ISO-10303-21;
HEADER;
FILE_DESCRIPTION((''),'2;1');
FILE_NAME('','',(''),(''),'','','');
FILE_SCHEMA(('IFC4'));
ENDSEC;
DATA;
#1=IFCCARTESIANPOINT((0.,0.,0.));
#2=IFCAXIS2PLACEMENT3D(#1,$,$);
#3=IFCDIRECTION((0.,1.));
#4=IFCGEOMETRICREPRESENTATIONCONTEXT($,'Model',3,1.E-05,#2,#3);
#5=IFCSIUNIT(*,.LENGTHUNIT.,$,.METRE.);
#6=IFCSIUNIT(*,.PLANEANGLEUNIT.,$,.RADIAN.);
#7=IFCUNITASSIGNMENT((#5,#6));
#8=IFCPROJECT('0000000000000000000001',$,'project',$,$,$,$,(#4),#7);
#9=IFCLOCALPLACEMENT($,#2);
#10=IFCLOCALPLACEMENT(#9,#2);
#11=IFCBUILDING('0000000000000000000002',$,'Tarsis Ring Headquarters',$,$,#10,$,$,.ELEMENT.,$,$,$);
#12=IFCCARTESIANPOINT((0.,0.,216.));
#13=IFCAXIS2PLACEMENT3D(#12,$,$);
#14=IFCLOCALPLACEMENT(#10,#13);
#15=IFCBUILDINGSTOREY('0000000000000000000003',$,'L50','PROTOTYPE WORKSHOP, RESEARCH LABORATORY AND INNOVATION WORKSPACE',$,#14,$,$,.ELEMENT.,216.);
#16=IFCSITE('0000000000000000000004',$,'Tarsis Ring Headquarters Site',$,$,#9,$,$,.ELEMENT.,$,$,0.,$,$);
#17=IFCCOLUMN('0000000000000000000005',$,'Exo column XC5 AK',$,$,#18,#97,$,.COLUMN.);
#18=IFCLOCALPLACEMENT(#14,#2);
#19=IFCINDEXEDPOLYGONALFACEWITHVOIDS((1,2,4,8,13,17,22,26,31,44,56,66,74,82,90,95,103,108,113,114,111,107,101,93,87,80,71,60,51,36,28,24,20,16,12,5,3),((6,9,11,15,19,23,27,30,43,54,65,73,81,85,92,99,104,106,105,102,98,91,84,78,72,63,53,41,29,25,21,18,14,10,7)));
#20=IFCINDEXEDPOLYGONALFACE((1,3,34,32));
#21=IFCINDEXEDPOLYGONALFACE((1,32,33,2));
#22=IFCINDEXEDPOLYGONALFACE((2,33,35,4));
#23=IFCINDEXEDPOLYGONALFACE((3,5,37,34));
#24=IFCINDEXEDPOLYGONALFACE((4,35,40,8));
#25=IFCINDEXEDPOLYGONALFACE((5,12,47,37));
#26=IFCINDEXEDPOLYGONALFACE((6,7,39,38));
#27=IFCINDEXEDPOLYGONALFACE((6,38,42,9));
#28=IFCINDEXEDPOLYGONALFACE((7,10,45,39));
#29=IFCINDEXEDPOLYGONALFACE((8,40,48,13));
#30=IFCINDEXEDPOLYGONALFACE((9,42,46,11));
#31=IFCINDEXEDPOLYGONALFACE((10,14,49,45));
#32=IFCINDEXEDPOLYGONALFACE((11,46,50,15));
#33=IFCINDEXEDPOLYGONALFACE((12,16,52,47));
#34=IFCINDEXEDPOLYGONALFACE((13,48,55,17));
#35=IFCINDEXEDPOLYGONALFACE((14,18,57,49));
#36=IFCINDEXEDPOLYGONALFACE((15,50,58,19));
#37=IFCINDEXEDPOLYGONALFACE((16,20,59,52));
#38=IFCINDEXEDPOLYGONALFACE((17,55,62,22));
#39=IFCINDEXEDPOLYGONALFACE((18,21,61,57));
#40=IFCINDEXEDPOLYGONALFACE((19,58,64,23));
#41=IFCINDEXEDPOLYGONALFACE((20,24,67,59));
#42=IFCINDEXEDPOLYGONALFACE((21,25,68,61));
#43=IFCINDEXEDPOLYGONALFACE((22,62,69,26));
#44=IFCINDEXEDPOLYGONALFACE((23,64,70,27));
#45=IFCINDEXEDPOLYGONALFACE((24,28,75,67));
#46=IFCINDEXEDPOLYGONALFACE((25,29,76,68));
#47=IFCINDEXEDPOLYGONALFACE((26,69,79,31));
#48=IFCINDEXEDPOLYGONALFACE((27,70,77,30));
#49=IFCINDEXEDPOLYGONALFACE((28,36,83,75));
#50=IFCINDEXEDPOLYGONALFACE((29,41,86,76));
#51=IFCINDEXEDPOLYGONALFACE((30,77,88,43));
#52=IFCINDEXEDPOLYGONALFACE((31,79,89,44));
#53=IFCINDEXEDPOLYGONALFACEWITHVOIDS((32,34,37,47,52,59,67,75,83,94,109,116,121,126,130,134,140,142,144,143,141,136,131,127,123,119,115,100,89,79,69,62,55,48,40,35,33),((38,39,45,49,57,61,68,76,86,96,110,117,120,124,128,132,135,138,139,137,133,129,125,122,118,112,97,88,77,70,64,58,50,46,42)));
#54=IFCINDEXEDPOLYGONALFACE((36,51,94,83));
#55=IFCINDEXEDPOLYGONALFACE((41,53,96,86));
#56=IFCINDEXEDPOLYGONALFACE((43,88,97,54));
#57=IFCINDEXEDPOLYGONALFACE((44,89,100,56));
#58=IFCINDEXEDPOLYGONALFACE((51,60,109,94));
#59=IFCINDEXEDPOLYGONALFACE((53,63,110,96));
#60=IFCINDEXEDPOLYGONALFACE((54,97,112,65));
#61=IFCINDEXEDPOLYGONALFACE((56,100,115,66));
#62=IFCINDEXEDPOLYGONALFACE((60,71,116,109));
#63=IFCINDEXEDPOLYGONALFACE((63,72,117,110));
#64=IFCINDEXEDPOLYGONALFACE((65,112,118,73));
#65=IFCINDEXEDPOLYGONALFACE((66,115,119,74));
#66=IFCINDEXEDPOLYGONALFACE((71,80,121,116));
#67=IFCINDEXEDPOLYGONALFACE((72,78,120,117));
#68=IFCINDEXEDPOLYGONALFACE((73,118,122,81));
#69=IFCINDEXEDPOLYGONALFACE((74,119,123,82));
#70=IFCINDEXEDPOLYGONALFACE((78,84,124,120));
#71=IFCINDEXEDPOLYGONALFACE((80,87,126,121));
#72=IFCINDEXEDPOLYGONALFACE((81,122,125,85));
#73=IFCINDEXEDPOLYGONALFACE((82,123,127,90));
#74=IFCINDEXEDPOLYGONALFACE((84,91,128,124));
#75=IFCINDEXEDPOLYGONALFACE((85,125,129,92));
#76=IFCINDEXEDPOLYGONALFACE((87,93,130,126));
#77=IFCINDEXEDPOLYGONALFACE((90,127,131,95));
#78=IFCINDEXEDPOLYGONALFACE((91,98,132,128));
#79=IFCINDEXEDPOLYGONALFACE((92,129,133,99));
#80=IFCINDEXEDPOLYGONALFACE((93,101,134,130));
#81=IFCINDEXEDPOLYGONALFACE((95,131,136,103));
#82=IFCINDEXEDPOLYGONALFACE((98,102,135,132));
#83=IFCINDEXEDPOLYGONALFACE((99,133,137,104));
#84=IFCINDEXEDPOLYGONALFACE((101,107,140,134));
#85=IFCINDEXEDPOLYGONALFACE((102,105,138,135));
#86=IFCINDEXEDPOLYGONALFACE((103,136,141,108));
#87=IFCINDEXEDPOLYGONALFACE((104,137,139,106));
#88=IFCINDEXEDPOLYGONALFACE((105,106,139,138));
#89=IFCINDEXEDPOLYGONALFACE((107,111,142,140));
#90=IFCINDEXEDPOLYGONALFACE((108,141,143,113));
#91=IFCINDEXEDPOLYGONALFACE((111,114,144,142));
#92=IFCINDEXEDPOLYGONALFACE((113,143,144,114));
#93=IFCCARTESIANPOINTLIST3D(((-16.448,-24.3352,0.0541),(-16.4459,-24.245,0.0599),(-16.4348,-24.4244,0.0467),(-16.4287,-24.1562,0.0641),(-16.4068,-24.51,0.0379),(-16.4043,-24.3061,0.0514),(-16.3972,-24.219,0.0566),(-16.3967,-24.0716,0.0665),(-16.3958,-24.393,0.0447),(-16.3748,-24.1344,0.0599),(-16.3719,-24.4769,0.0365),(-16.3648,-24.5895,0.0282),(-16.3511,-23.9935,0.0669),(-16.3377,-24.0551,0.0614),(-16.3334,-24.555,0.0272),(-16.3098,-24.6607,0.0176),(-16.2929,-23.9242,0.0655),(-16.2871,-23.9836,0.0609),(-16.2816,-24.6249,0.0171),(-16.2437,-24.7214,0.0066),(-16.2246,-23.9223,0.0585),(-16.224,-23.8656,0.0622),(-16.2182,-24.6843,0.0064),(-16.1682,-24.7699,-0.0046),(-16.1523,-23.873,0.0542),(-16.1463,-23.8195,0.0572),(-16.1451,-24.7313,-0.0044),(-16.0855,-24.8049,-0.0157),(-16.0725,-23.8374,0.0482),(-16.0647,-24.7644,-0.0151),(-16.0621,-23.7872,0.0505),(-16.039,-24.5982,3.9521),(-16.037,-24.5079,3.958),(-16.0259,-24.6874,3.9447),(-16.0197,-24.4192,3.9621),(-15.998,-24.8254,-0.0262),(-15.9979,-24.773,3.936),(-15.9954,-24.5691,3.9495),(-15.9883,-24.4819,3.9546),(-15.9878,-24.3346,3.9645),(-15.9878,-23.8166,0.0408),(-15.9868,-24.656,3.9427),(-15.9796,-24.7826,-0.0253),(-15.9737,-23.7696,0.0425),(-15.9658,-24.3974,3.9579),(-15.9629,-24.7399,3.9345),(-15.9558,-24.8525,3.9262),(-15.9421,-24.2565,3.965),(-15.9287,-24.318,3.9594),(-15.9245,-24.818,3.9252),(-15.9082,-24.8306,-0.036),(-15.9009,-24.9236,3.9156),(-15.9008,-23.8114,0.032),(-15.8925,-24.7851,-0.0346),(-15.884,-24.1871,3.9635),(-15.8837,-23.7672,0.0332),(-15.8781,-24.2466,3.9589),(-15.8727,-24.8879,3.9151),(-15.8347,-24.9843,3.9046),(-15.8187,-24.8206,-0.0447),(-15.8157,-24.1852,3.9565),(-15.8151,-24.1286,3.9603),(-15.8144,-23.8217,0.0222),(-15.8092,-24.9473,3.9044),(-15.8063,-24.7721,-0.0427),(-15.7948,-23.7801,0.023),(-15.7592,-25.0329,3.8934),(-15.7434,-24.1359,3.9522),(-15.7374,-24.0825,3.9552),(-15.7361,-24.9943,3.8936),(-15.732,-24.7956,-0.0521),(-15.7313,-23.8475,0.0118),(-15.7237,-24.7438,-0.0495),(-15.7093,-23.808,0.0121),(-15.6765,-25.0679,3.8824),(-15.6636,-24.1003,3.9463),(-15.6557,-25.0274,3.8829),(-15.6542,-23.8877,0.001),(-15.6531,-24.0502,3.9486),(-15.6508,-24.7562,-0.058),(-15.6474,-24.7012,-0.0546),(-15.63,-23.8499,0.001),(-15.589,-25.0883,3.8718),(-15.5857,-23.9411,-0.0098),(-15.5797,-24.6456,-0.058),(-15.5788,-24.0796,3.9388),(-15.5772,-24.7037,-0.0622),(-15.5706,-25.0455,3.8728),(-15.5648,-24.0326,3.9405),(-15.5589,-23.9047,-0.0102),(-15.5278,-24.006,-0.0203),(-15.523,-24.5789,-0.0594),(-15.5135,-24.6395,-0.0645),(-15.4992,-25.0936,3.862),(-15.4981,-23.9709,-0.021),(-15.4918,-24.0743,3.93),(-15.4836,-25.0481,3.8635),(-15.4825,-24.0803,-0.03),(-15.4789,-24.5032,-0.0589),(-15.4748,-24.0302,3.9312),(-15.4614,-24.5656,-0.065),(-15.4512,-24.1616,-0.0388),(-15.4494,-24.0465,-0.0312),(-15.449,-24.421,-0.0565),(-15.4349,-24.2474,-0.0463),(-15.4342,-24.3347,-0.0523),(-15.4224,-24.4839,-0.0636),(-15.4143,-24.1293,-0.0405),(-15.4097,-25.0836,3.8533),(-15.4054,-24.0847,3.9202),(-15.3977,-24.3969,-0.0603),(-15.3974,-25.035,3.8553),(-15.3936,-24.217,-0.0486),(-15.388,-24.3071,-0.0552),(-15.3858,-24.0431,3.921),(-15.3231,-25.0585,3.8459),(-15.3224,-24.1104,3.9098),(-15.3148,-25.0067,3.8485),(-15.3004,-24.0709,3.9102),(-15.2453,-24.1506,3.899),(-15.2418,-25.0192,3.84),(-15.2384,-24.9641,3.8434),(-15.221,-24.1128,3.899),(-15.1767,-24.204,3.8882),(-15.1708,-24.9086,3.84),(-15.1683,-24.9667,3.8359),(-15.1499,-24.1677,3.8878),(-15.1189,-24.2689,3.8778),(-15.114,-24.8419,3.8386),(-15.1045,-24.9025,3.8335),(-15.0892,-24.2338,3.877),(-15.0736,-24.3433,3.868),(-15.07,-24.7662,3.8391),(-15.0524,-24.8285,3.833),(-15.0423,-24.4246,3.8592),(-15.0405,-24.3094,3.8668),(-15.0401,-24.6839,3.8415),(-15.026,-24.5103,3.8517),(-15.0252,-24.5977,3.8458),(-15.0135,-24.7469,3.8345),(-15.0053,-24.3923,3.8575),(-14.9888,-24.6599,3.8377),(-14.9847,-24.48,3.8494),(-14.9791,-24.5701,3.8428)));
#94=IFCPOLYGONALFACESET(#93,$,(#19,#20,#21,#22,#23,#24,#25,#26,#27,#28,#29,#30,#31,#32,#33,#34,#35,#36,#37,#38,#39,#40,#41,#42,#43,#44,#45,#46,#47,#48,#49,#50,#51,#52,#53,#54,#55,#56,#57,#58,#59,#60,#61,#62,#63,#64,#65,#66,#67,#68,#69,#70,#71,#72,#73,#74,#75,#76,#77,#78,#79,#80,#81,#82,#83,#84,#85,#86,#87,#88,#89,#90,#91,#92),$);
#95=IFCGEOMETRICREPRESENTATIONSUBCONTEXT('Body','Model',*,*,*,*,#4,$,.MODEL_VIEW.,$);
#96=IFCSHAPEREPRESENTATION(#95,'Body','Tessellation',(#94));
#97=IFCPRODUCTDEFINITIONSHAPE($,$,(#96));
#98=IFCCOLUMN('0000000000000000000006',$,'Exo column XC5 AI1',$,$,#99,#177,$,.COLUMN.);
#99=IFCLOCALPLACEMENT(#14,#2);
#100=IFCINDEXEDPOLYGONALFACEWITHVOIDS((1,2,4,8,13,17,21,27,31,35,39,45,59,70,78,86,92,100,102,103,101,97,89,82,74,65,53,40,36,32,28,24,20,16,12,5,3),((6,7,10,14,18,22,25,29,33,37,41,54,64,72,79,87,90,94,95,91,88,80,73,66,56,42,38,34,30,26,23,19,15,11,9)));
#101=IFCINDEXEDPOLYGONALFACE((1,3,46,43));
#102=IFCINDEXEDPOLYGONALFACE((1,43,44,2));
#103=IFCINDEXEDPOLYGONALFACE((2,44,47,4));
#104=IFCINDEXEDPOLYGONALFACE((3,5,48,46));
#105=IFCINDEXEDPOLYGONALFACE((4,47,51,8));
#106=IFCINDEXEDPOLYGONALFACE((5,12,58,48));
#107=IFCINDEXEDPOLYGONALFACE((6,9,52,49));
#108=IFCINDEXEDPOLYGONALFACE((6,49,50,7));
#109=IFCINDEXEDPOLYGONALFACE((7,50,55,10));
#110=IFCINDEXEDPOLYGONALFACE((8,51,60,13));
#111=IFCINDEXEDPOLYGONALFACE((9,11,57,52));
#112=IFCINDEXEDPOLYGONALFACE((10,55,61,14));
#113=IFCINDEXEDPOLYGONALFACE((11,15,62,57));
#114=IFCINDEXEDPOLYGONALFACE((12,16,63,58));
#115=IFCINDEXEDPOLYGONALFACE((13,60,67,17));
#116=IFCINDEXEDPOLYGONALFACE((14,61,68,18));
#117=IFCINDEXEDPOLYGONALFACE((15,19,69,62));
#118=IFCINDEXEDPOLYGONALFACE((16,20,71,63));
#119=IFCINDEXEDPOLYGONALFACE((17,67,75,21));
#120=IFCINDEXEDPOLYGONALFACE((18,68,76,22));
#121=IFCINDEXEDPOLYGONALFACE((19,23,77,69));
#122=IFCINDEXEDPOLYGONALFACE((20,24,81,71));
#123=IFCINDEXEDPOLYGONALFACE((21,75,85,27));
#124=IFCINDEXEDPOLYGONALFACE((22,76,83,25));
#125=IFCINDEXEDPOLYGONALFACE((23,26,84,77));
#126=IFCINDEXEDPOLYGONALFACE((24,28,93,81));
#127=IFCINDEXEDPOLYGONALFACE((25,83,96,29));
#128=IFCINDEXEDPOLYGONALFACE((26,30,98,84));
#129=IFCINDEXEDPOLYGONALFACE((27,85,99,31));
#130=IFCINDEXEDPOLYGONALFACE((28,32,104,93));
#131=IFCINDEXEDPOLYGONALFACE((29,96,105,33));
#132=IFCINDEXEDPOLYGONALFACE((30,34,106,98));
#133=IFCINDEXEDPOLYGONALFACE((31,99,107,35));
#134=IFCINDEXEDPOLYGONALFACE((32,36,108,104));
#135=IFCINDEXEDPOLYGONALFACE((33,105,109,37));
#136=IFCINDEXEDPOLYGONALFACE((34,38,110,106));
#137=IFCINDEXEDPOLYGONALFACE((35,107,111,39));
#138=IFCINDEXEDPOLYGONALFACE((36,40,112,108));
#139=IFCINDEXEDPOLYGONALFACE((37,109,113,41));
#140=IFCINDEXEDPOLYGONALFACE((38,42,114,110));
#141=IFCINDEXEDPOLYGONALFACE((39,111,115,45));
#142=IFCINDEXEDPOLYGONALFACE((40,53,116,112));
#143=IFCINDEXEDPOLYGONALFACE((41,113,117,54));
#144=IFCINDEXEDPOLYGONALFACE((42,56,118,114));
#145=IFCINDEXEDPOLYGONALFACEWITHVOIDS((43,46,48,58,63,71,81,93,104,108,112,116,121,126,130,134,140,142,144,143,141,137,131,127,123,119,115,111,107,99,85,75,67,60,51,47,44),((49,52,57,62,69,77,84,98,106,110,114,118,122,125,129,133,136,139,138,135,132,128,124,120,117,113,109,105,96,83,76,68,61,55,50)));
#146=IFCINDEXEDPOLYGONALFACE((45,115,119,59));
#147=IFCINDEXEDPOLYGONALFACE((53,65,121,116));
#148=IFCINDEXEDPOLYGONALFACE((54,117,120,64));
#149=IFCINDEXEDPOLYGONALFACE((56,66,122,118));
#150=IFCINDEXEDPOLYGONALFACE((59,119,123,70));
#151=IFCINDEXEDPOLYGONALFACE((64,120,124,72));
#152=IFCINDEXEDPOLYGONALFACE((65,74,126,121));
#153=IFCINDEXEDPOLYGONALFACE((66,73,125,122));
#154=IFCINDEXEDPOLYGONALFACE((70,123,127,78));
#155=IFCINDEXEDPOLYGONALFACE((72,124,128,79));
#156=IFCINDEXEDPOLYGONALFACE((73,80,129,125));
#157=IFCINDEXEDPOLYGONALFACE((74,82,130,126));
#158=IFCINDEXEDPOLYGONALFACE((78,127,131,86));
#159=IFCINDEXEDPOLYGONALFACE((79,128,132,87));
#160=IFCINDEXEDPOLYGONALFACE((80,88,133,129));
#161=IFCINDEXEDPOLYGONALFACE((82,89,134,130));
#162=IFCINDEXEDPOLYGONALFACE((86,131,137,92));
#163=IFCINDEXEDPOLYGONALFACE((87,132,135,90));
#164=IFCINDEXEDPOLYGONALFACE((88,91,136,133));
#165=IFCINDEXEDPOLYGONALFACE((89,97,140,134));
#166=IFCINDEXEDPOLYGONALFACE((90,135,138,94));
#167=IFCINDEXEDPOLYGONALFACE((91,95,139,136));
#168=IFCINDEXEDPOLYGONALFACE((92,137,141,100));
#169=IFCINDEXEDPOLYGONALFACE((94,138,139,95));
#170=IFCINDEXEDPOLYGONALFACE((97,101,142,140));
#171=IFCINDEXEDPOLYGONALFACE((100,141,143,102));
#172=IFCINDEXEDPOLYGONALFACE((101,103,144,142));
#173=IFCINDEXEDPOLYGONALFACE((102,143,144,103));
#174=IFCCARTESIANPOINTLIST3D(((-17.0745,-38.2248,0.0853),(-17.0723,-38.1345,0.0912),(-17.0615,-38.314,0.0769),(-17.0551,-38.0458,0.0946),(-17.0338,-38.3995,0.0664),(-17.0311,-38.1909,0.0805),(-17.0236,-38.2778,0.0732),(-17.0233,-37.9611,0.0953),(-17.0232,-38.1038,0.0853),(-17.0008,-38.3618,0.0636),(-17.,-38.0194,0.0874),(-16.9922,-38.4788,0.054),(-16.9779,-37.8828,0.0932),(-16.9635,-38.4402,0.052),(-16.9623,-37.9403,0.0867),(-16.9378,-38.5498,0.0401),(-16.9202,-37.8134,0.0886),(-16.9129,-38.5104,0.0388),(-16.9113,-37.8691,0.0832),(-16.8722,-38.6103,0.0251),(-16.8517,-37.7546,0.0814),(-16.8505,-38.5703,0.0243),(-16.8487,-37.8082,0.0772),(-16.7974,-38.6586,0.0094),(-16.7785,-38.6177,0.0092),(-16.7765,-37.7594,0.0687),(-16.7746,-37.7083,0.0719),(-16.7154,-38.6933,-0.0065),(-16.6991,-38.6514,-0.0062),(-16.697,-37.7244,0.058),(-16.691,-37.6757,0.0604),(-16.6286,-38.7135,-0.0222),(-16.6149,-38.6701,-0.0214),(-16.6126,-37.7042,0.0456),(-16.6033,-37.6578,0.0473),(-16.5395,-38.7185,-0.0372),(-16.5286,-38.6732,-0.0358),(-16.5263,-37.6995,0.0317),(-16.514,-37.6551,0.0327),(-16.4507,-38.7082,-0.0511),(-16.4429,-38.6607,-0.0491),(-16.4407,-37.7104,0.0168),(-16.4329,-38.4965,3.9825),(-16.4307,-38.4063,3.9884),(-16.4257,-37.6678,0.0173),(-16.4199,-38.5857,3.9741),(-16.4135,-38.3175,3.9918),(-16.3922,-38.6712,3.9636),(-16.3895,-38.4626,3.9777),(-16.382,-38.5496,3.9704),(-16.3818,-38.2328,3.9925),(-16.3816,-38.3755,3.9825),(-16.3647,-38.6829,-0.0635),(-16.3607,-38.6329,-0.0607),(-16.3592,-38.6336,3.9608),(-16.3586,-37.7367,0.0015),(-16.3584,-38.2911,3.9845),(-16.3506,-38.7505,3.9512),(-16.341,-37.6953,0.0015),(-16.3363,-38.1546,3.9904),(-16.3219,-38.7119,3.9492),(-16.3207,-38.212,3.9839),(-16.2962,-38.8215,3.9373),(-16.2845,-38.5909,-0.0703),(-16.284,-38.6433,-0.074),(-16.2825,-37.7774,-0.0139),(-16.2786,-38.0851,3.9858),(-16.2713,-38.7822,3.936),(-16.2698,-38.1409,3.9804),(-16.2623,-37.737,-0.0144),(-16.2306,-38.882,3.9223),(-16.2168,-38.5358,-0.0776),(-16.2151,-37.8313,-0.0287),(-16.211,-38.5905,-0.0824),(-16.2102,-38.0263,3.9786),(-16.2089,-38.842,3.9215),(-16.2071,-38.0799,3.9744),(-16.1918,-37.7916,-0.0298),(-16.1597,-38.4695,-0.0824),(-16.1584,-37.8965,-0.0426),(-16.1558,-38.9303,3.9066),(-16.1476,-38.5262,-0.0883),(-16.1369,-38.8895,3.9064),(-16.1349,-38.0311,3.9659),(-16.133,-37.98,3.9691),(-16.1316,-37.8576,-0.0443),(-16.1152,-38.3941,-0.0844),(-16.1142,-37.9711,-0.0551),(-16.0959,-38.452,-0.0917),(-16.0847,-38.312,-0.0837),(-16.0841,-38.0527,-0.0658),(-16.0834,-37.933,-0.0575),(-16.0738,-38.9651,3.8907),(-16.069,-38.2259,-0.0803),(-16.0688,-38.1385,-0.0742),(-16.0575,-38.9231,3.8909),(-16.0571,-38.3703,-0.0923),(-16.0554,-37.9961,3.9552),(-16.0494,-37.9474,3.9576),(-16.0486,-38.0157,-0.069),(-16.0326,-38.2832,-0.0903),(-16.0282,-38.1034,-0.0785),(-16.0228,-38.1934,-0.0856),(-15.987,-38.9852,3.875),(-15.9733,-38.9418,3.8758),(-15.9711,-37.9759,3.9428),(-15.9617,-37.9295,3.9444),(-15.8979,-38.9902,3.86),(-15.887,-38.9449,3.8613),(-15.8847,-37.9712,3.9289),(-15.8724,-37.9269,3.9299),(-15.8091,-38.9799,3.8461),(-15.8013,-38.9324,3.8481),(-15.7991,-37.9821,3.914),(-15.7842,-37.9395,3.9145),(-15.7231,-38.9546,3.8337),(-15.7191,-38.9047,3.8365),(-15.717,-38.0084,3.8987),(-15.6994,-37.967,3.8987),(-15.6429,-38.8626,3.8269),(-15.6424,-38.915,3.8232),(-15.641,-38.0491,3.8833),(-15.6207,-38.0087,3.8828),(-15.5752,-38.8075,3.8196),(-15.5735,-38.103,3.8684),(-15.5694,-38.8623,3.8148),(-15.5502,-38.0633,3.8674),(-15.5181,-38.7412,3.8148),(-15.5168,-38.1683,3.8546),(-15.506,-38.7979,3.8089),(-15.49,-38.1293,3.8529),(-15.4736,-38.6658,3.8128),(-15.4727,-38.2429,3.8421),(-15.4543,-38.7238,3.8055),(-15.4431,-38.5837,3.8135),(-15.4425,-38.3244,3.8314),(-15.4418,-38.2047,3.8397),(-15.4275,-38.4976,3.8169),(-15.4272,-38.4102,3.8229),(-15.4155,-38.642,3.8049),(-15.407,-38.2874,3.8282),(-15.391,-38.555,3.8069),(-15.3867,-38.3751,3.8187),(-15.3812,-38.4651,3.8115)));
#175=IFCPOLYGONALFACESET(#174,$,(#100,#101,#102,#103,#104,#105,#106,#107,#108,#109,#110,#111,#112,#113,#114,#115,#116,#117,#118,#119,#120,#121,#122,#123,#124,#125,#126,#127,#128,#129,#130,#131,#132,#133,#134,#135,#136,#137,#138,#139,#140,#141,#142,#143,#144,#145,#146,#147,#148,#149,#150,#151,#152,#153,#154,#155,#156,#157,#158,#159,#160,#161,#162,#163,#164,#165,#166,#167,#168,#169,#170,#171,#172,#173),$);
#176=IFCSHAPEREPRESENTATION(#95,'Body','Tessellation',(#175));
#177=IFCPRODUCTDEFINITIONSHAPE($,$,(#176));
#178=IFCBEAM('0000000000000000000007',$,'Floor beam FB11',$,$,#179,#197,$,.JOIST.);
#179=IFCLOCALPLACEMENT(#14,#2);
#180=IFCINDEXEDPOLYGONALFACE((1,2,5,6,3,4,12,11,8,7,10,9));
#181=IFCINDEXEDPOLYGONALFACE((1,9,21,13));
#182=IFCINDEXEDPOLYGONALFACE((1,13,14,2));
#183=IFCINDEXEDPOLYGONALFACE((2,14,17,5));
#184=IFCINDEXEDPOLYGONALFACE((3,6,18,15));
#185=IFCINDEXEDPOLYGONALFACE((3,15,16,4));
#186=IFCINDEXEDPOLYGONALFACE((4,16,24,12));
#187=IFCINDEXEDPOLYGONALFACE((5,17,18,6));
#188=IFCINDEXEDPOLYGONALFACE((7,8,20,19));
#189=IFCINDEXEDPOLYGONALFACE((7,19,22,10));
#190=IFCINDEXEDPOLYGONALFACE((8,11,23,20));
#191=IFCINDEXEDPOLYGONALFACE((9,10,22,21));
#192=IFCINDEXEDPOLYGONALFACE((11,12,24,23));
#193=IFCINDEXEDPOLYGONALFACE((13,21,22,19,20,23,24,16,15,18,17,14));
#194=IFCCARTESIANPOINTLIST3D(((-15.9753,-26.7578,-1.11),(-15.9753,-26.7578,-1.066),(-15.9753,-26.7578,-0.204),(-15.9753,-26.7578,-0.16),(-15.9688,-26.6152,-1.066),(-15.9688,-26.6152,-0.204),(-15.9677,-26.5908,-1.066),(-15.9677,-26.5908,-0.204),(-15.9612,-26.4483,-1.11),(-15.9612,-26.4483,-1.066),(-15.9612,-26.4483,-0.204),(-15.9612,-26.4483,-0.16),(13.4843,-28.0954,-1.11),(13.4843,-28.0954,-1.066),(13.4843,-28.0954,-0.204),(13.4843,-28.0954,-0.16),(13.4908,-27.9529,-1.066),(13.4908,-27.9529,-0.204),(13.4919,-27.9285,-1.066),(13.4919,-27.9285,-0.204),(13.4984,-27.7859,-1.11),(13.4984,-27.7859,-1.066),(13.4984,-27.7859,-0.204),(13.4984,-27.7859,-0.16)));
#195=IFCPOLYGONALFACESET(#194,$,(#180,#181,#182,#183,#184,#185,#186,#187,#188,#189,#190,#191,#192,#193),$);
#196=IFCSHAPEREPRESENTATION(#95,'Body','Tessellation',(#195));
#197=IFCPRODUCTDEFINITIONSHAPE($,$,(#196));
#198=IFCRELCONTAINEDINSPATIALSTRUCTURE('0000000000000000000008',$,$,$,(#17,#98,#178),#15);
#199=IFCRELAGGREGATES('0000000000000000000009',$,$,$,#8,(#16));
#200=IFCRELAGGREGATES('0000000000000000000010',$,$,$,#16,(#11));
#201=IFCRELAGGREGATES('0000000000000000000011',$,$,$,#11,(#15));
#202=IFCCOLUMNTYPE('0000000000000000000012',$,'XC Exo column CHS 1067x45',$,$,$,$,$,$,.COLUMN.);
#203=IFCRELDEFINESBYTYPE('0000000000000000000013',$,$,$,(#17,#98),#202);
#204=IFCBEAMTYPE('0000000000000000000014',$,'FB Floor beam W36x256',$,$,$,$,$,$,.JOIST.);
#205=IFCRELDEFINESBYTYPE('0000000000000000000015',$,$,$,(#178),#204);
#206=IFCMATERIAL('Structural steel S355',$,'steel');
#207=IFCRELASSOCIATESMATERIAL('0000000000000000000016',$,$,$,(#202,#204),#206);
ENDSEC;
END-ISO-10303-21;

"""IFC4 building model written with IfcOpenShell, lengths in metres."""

from ifc_helpers import new_model, si_unit, direction, frame, origin, origin_2d, place, context, subcontext, project, spatial, hollow_circle, i_section, extrude, material, material_profile, profile_set, type_object, element, save


model = new_model("IFC4")

# Units and contexts
model_context = context("Model", 3, precision=1e-05, world=origin(), true_north=direction((0.0, 1.0)))
body_context = subcontext(model_context, "Body", "Model", "MODEL_VIEW")
ifc_project = project(units=[si_unit("LENGTHUNIT", "METRE"), si_unit("PLANEANGLEUNIT", "RADIAN")], contexts=[model_context])

# Site, building, storey
site_placement = place(None, origin())
site = spatial("IfcSite", under=ifc_project, at=site_placement, Name="Tarsis Ring Headquarters Site", CompositionType="ELEMENT", RefElevation=0.0)
building_placement = place(site_placement, origin())
building = spatial("IfcBuilding", under=site, at=building_placement, Name="Tarsis Ring Headquarters", CompositionType="ELEMENT")
storey_placement = place(building_placement, frame((0.0, 0.0, 216.0)))
storey = spatial("IfcBuildingStorey", under=building, at=storey_placement, Name="L50", Description="PROTOTYPE WORKSHOP, RESEARCH LABORATORY AND INNOVATION WORKSPACE", CompositionType="ELEMENT", Elevation=216.0)

# Columns
ifc_material_1 = material(Name="Structural steel S355", Category="steel")
ifc_material_profile_1 = material_profile(ifc_material_1, hollow_circle(Radius=0.5334, WallThickness=0.0449, at=origin_2d()), Name="CHS 1067x45")
ifc_profile_set_1 = profile_set([ifc_material_profile_1], Name="Structural steel S355")
column_type = type_object("IfcColumnType", Name="XC Exo column CHS 1067x45", PredefinedType="COLUMN", material=ifc_profile_set_1)
column_1_placement = place(storey_placement, frame((-15.9185, -24.2986, 0.001), z_axis=(0.104104, -0.066937, 0.992311), x_axis=(0.540834, 0.84113, 0.0)))
element("IfcColumn", 1, at=column_1_placement, inside=storey, type_object=column_type, Name="Exo column XC5 AK", PredefinedType="COLUMN", context=body_context, shape_type="SweptSolid", body=[
    extrude(hollow_circle(Radius=0.5334, WallThickness=0.0449, at=origin_2d()), origin(), (0.0, 0.0, 1.0), 3.9282),
])
column_2_placement = place(storey_placement, frame((-16.5491, -38.1865, 0.0015), z_axis=(0.162061, -0.068635, 0.984391), x_axis=(0.389983, 0.920822, 0.0)))
element("IfcColumn", 2, at=column_2_placement, inside=storey, type_object=column_type, Name="Exo column XC5 AI1", PredefinedType="COLUMN", context=body_context, shape_type="SweptSolid", body=[
    extrude(hollow_circle(Radius=0.5334, WallThickness=0.0449, at=origin_2d()), origin(), (0.0, 0.0, 1.0), 3.959),
])

# Beam
ifc_material_profile_2 = material_profile(ifc_material_1, i_section(OverallWidth=0.3098, OverallDepth=0.95, WebThickness=0.0244, FlangeThickness=0.0439, at=origin_2d()), Name="W36x256")
ifc_profile_set_2 = profile_set([ifc_material_profile_2], Name="Structural steel S355")
beam_type_1 = type_object("IfcBeamType", Name="FB Floor beam W36x256", PredefinedType="JOIST", material=ifc_profile_set_2)
for number, where, z_axis, x_axis, name in (
    (3, (-15.9683, -26.603, -0.635), (0.998971, -0.045359, 0.0), (0.045359, 0.998971, 0.0), "Floor beam FB11"),
):
    element("IfcBeam", number, at=place(storey_placement, frame(where, z_axis=z_axis, x_axis=x_axis)), inside=storey, type_object=beam_type_1, Name=name, PredefinedType="JOIST", context=body_context, shape_type="SweptSolid", body=[
        extrude(i_section(OverallWidth=0.3098, OverallDepth=0.95, WebThickness=0.0244, FlangeThickness=0.0439, at=origin_2d()), origin(), (0.0, 0.0, 1.0), 29.49),
    ])

save(model, "model.ifc")
